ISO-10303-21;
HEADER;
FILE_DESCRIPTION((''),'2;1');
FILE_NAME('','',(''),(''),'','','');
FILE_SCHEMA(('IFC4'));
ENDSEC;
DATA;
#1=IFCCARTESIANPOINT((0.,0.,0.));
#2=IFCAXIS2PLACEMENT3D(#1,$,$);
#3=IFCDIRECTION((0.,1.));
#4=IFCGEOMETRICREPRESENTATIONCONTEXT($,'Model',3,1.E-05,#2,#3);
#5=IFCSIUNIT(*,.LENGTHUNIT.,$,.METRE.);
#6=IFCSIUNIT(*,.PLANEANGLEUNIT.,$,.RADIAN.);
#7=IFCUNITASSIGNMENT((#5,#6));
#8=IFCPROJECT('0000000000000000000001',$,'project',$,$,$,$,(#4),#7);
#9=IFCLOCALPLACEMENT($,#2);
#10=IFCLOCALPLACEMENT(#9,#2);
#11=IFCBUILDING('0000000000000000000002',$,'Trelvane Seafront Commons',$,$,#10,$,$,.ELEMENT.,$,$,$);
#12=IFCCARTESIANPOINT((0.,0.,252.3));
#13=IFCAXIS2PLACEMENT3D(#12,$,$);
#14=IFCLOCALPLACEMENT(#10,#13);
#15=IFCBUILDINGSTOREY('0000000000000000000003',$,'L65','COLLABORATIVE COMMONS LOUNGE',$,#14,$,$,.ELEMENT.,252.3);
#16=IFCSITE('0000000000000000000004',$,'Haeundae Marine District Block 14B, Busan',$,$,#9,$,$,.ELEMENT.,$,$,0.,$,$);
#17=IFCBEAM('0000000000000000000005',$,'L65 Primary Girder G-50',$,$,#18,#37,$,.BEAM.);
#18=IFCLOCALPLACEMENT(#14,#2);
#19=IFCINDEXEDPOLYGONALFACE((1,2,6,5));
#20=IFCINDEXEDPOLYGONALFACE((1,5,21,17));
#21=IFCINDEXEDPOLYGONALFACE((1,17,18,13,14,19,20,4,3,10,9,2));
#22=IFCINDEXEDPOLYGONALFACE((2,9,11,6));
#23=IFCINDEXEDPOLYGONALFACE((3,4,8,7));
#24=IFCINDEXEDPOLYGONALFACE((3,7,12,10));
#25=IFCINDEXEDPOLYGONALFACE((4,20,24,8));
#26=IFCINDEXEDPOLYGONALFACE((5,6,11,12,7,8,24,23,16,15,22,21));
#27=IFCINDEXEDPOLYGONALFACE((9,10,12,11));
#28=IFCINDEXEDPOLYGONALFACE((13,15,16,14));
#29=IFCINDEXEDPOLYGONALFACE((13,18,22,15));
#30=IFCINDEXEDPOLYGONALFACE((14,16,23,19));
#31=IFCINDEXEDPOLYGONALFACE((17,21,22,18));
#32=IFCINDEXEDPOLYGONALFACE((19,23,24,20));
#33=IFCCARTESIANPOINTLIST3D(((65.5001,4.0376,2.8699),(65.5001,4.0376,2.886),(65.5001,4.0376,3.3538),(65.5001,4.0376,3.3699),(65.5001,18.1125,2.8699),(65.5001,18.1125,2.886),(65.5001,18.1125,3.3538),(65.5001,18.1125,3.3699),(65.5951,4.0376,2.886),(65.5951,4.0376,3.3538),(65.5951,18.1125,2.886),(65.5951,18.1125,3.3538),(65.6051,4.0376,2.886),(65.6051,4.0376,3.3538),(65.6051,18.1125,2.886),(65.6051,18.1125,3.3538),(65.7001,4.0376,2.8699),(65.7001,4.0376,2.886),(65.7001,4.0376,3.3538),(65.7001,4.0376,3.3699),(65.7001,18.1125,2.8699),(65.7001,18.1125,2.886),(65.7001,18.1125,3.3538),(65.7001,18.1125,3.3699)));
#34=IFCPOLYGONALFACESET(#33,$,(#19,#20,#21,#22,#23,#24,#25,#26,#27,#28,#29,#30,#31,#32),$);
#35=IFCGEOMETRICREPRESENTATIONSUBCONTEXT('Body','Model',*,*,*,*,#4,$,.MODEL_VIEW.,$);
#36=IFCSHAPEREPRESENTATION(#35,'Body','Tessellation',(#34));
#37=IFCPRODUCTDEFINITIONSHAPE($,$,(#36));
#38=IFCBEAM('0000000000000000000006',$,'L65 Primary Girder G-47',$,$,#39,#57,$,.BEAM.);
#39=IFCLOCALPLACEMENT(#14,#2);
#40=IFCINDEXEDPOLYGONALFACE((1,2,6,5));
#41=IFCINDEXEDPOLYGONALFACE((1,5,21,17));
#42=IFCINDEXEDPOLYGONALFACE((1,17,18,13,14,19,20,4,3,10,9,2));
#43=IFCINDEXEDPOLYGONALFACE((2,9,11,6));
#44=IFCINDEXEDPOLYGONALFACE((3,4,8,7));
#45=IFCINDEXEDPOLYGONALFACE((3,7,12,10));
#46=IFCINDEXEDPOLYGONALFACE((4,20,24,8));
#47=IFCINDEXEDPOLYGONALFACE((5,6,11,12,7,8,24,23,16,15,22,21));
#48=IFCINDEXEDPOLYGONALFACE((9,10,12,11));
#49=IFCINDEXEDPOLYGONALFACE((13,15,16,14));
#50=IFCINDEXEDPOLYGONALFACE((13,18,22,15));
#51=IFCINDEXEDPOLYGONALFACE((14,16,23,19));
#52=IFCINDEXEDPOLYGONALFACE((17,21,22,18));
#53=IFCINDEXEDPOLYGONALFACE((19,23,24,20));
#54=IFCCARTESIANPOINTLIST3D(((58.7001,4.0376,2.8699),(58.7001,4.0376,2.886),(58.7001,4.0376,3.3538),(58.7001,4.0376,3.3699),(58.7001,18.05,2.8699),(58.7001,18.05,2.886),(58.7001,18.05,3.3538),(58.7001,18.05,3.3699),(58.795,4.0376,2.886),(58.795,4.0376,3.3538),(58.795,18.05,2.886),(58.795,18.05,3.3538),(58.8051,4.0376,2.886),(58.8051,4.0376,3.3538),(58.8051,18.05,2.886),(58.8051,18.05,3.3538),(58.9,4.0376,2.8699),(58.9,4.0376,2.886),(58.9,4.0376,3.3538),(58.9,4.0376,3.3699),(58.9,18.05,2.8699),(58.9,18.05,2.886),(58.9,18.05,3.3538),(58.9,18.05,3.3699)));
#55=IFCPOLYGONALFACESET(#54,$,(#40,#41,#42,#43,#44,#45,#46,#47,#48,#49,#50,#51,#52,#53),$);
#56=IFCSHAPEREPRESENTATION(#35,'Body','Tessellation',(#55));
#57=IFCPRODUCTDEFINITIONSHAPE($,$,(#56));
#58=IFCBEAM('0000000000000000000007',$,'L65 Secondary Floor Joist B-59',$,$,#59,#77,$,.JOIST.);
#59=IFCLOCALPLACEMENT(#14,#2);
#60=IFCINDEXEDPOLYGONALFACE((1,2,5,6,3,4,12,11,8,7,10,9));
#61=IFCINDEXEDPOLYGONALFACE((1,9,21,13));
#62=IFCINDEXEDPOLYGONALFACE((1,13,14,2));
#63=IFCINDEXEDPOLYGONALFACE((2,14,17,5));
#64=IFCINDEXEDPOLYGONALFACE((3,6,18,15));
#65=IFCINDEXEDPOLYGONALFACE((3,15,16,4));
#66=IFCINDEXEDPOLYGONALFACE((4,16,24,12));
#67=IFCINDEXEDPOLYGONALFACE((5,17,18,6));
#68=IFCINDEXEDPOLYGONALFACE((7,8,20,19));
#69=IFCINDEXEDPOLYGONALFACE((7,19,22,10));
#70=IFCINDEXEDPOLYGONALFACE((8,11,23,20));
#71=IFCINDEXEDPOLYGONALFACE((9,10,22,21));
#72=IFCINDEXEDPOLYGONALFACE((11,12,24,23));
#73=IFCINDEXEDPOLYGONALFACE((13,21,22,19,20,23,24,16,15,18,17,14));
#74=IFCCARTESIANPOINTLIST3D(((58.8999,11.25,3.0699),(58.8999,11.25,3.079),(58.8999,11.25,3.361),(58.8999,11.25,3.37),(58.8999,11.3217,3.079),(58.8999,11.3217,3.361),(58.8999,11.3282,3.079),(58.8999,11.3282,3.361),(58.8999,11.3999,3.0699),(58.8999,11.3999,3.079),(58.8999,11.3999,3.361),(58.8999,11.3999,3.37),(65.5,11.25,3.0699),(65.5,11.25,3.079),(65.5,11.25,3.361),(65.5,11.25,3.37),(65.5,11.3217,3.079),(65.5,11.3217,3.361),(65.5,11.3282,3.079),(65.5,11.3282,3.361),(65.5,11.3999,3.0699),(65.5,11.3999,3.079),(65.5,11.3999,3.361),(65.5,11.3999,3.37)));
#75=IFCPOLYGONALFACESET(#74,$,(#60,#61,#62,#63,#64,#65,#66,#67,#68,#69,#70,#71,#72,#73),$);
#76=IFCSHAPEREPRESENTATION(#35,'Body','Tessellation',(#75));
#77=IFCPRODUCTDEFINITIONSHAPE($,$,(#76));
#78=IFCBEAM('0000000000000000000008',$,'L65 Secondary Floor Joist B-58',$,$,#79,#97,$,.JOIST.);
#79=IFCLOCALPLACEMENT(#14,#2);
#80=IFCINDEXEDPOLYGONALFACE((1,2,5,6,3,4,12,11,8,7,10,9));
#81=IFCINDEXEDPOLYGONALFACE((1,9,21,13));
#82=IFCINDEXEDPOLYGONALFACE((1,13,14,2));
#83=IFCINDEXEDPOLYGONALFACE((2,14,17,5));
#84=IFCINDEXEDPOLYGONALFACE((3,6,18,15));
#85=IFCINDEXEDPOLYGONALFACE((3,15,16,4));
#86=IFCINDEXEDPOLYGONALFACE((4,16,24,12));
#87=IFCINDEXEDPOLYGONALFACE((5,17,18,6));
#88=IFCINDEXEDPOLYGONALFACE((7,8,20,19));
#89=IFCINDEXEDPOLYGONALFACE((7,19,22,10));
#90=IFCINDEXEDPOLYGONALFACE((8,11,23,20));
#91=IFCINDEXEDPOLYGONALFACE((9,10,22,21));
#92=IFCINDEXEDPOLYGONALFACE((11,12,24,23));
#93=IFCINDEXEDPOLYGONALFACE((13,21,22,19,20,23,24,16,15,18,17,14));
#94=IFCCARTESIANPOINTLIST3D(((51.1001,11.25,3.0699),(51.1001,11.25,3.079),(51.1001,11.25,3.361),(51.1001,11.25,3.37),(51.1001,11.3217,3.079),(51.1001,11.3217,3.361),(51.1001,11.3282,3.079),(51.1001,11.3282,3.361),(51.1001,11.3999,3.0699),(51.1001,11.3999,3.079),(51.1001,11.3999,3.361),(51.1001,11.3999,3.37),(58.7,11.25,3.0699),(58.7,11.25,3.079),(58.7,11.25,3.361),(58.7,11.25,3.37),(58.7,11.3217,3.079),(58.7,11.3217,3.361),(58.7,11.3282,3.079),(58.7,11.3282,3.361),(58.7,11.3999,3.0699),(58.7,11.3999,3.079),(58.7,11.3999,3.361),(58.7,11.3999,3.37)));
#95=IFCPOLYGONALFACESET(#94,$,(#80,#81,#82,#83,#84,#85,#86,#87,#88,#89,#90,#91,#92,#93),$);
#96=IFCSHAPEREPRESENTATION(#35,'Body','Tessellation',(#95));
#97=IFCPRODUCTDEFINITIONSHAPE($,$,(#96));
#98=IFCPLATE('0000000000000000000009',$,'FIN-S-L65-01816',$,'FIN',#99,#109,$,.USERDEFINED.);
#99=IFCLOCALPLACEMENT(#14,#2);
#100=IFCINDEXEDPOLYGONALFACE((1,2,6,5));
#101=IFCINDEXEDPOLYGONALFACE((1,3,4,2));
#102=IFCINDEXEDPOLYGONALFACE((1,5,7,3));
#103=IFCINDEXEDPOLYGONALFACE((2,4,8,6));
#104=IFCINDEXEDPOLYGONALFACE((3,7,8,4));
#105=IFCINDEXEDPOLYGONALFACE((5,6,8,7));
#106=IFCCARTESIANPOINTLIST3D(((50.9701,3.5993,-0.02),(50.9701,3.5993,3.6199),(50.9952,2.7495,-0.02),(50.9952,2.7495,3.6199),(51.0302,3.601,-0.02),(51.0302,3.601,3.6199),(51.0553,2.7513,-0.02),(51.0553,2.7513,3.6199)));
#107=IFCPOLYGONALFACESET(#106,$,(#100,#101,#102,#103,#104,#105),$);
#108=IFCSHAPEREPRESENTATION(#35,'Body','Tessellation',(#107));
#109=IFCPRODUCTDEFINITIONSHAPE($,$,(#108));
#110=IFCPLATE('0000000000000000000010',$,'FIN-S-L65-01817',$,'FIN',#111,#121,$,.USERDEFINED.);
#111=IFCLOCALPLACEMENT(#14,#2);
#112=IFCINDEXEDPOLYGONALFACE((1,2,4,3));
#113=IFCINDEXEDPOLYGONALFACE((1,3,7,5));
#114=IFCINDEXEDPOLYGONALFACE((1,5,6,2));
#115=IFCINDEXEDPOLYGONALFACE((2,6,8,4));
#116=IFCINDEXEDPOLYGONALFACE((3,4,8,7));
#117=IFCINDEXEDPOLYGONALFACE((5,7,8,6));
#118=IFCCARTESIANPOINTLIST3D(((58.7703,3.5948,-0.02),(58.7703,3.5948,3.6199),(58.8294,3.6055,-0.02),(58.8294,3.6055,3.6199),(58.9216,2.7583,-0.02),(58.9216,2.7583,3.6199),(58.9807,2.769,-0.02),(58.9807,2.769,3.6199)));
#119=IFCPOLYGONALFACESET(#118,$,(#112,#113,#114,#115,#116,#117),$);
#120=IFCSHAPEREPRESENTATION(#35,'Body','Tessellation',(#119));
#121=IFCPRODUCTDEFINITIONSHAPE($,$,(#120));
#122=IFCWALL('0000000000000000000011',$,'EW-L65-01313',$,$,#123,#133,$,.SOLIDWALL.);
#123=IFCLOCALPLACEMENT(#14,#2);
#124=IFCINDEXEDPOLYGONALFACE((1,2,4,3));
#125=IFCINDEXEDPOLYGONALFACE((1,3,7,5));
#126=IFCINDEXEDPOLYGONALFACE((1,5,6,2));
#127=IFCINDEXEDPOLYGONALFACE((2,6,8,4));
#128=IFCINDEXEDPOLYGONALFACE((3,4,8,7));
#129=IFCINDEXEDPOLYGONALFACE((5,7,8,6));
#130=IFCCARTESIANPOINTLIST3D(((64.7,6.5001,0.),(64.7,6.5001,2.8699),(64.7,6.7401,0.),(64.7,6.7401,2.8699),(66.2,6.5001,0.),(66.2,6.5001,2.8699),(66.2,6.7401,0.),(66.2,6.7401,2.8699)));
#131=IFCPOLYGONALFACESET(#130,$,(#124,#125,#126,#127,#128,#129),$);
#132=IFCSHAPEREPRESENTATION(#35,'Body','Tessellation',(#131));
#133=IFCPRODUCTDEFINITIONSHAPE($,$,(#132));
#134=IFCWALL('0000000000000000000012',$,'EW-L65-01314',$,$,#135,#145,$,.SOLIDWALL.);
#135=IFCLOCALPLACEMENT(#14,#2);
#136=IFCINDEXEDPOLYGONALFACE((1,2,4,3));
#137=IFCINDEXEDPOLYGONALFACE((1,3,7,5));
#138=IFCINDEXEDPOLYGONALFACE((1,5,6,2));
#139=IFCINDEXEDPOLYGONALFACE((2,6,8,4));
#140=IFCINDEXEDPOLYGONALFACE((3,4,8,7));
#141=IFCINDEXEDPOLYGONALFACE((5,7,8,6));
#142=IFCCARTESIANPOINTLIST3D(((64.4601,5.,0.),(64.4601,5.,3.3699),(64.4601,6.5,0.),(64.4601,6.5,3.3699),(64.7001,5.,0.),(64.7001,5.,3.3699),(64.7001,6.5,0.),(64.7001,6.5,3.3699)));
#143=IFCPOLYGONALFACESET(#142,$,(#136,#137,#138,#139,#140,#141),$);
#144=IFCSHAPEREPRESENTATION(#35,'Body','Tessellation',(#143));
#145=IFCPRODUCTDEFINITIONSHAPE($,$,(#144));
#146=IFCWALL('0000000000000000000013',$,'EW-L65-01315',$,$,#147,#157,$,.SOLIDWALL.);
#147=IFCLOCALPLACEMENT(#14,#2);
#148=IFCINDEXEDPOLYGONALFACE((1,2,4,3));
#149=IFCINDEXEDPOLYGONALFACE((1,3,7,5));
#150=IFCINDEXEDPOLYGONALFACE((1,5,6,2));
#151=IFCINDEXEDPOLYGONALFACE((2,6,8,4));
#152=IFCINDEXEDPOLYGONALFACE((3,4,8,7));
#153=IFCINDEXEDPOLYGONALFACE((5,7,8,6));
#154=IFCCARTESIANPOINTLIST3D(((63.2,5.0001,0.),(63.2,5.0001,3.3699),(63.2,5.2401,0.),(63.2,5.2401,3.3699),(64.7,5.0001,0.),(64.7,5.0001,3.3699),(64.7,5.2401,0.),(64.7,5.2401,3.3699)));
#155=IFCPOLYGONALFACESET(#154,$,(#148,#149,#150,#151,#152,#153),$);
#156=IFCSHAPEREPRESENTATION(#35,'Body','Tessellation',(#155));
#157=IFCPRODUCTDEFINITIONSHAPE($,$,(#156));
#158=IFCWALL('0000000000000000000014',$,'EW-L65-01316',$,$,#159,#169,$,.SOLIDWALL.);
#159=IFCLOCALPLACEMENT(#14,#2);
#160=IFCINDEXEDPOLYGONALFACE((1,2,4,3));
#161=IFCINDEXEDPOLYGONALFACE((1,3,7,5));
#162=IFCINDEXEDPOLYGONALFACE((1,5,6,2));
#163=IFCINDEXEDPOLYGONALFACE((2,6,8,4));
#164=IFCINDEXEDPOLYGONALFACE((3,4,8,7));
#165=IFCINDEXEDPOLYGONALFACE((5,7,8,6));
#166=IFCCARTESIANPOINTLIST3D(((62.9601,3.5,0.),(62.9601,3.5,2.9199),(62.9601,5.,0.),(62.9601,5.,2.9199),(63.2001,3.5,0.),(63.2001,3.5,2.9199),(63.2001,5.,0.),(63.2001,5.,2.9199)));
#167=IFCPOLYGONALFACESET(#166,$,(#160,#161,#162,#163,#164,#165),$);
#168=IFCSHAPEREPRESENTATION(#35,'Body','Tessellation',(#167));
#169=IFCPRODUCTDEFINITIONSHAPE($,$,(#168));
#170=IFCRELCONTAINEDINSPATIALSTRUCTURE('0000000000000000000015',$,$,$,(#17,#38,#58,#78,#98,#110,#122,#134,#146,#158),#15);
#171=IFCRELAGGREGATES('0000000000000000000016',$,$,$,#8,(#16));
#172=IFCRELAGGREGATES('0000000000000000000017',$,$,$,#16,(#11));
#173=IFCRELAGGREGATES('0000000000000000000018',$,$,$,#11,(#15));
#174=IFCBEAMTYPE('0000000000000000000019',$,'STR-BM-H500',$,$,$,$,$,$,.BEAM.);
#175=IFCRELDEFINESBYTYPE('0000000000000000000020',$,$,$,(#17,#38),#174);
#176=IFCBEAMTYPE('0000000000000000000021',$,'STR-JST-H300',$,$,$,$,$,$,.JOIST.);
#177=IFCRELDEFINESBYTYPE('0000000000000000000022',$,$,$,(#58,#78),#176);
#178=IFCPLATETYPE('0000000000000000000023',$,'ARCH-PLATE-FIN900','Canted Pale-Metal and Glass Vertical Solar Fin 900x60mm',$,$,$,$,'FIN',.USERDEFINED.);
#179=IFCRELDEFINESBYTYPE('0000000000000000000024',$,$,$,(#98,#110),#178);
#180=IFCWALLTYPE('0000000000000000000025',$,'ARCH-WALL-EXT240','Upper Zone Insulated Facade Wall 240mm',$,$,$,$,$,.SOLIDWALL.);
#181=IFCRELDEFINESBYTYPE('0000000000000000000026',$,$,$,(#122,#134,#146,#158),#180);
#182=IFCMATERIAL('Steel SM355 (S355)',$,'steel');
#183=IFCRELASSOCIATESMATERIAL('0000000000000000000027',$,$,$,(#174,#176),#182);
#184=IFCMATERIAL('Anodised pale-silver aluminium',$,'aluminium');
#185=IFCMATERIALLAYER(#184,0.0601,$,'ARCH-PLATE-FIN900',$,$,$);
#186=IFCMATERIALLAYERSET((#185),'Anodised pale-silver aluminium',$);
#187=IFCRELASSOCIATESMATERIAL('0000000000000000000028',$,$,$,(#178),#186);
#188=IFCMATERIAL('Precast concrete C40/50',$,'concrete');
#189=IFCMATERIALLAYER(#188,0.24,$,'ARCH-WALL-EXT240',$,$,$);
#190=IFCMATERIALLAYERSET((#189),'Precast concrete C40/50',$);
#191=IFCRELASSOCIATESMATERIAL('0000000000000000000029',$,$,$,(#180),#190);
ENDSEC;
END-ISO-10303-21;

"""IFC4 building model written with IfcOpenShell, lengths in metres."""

from ifc_helpers import new_model, si_unit, direction, frame, frame_2d, origin, origin_2d, place, context, subcontext, project, spatial, rectangle, i_section, extrude, source, transform, mapped, material, layer, layer_set, material_profile, profile_set, type_object, element, save


model = new_model("IFC4")

# Units and contexts
model_context = context("Model", 3, precision=1e-05, world=origin(), true_north=direction((0.0, 1.0)))
body_context = subcontext(model_context, "Body", "Model", "MODEL_VIEW")
ifc_project = project(units=[si_unit("LENGTHUNIT", "METRE"), si_unit("PLANEANGLEUNIT", "RADIAN")], contexts=[model_context])

# Site, building, storey
site_placement = place(None, origin())
site = spatial("IfcSite", under=ifc_project, at=site_placement, Name="Haeundae Marine District Block 14B, Busan", CompositionType="ELEMENT", RefElevation=0.0)
building_placement = place(site_placement, origin())
building = spatial("IfcBuilding", under=site, at=building_placement, Name="Trelvane Seafront Commons", CompositionType="ELEMENT")
storey_placement = place(building_placement, frame((0.0, 0.0, 252.3)))
storey = spatial("IfcBuildingStorey", under=building, at=storey_placement, Name="L65", Description="COLLABORATIVE COMMONS LOUNGE", CompositionType="ELEMENT", Elevation=252.3)

# Shared definitions
ifc_material_1 = material(Name="Steel SM355 (S355)", Category="steel")

# Beams
ifc_material_profile_1 = material_profile(ifc_material_1, i_section(OverallWidth=0.2, OverallDepth=0.5, WebThickness=0.01, FlangeThickness=0.0161, at=origin_2d()), Name="H-500x200x10x16")
ifc_profile_set_1 = profile_set([ifc_material_profile_1], Name="Steel SM355 (S355)")
beam_type_1 = type_object("IfcBeamType", Name="STR-BM-H500", PredefinedType="BEAM", material=ifc_profile_set_1)
shared_shape_1 = source(origin(), body_context, "Body", "SweptSolid", [
    extrude(i_section(OverallWidth=0.2, OverallDepth=0.5, WebThickness=0.01, FlangeThickness=0.0161, at=origin_2d()), origin(), (0.0, 0.0, 1.0), 14.075),
])
beam_1_placement = place(storey_placement, frame((65.6001, 4.0376, 3.1199), z_axis=(0.0, 1.0, 0.0), x_axis=(-1.0, 0.0, 0.0)))
element("IfcBeam", 1, at=beam_1_placement, inside=storey, type_object=beam_type_1, Name="L65 Primary Girder G-50", PredefinedType="BEAM", context=body_context, shape_type="MappedRepresentation", body=[
    mapped(shared_shape_1, transform((0.0, 0.0, 0.0), x_axis=(1.0, 0.0, 0.0), y_axis=(0.0, 1.0, 0.0), z_axis=(0.0, 0.0, 1.0), scale=1.0)),
])
shared_shape_2 = source(origin(), body_context, "Body", "SweptSolid", [
    extrude(i_section(OverallWidth=0.2, OverallDepth=0.5, WebThickness=0.01, FlangeThickness=0.0161, at=origin_2d()), origin(), (0.0, 0.0, 1.0), 14.0125),
])
beam_2_placement = place(storey_placement, frame((58.8, 4.0376, 3.1199), z_axis=(0.0, 1.0, 0.0), x_axis=(-1.0, 0.0, 0.0)))
element("IfcBeam", 2, at=beam_2_placement, inside=storey, type_object=beam_type_1, Name="L65 Primary Girder G-47", PredefinedType="BEAM", context=body_context, shape_type="MappedRepresentation", body=[
    mapped(shared_shape_2, transform((0.0, 0.0, 0.0), x_axis=(1.0, 0.0, 0.0), y_axis=(0.0, 1.0, 0.0), z_axis=(0.0, 0.0, 1.0), scale=1.0)),
])
ifc_material_profile_2 = material_profile(ifc_material_1, i_section(OverallWidth=0.1499, OverallDepth=0.3, WebThickness=0.0066, FlangeThickness=0.009, at=origin_2d()), Name="H-300x150x6.5x9")
ifc_profile_set_2 = profile_set([ifc_material_profile_2], Name="Steel SM355 (S355)")
beam_type_2 = type_object("IfcBeamType", Name="STR-JST-H300", PredefinedType="JOIST", material=ifc_profile_set_2)
shared_shape_3 = source(origin(), body_context, "Body", "SweptSolid", [
    extrude(i_section(OverallWidth=0.1499, OverallDepth=0.3, WebThickness=0.0066, FlangeThickness=0.009, at=origin_2d()), origin(), (0.0, 0.0, 1.0), 6.6001),
])
beam_3_placement = place(storey_placement, frame((58.8999, 11.325, 3.22), z_axis=(1.0, 0.0, 0.0), x_axis=(0.0, 1.0, 0.0)))
element("IfcBeam", 3, at=beam_3_placement, inside=storey, type_object=beam_type_2, Name="L65 Secondary Floor Joist B-59", PredefinedType="JOIST", context=body_context, shape_type="MappedRepresentation", body=[
    mapped(shared_shape_3, transform((0.0, 0.0, 0.0), x_axis=(1.0, 0.0, 0.0), y_axis=(0.0, 1.0, 0.0), z_axis=(0.0, 0.0, 1.0), scale=1.0)),
])
shared_shape_4 = source(origin(), body_context, "Body", "SweptSolid", [
    extrude(i_section(OverallWidth=0.1499, OverallDepth=0.3, WebThickness=0.0066, FlangeThickness=0.009, at=origin_2d()), origin(), (0.0, 0.0, 1.0), 7.5999),
])
beam_4_placement = place(storey_placement, frame((51.1001, 11.325, 3.22), z_axis=(1.0, 0.0, 0.0), x_axis=(0.0, 1.0, 0.0)))
element("IfcBeam", 4, at=beam_4_placement, inside=storey, type_object=beam_type_2, Name="L65 Secondary Floor Joist B-58", PredefinedType="JOIST", context=body_context, shape_type="MappedRepresentation", body=[
    mapped(shared_shape_4, transform((0.0, 0.0, 0.0), x_axis=(1.0, 0.0, 0.0), y_axis=(0.0, 1.0, 0.0), z_axis=(0.0, 0.0, 1.0), scale=1.0)),
])

# Plates
ifc_material_2 = material(Name="Anodised pale-silver aluminium", Category="aluminium")
ifc_layer_1 = layer(ifc_material_2, 0.0601, Name="ARCH-PLATE-FIN900")
ifc_layer_set_1 = layer_set([ifc_layer_1], Name="Anodised pale-silver aluminium")
plate_type = type_object("IfcPlateType", Name="ARCH-PLATE-FIN900", Description="Canted Pale-Metal and Glass Vertical Solar Fin 900x60mm", ElementType="FIN", PredefinedType="USERDEFINED", material=ifc_layer_set_1)
shared_shape_5 = source(origin(), body_context, "Body", "SweptSolid", [
    extrude(rectangle(XDim=0.8501, YDim=0.0601, at=origin_2d()), origin(), (0.0, 0.0, 1.0), 3.6399),
])
for number, where, z_axis, x_axis, name in (
    (5, (51.0127, 3.1753, -0.02), (0.0, 0.0, 1.0), (0.02953, -0.999564, 0.0), "FIN-S-L65-01816"),
    (6, (58.8755, 3.1819, -0.02), (0.0, 0.0, 1.0), (0.177892, -0.98405, 0.0), "FIN-S-L65-01817"),
):
    element("IfcPlate", number, at=place(storey_placement, frame(where, z_axis=z_axis, x_axis=x_axis)), inside=storey, type_object=plate_type, Name=name, ObjectType="FIN", PredefinedType="USERDEFINED", context=body_context, shape_type="MappedRepresentation", body=[
        mapped(shared_shape_5, transform((0.0, 0.0, 0.0), x_axis=(1.0, 0.0, 0.0), y_axis=(0.0, 1.0, 0.0), z_axis=(0.0, 0.0, 1.0), scale=1.0)),
    ])

# Walls
ifc_material_3 = material(Name="Precast concrete C40/50", Category="concrete")
ifc_layer_2 = layer(ifc_material_3, 0.24, Name="ARCH-WALL-EXT240")
ifc_layer_set_2 = layer_set([ifc_layer_2], Name="Precast concrete C40/50")
wall_type_1 = type_object("IfcWallType", Name="ARCH-WALL-EXT240", Description="Upper Zone Insulated Facade Wall 240mm", PredefinedType="SOLIDWALL", material=ifc_layer_set_2)
wall_1_placement = place(storey_placement, frame((66.2, 6.6201, 0.0), z_axis=(0.0, 0.0, 1.0), x_axis=(-1.0, 0.0, 0.0)))
element("IfcWall", 7, at=wall_1_placement, inside=storey, type_object=wall_type_1, Name="EW-L65-01313", PredefinedType="SOLIDWALL", context=body_context, shape_type="SweptSolid", body=[
    extrude(rectangle(XDim=1.5, YDim=0.24, at=frame_2d((0.75, 0.0))), origin(), (0.0, 0.0, 1.0), 2.8699),
])
for number, where, z_axis, x_axis, name in (
    (8, (64.5801, 6.5, 0.0), (0.0, 0.0, 1.0), (0.0, -1.0, 0.0), "EW-L65-01314"),
    (9, (64.7, 5.1201, 0.0), (0.0, 0.0, 1.0), (-1.0, 0.0, 0.0), "EW-L65-01315"),
):
    element("IfcWall", number, at=place(storey_placement, frame(where, z_axis=z_axis, x_axis=x_axis)), inside=storey, type_object=wall_type_1, Name=name, PredefinedType="SOLIDWALL", context=body_context, shape_type="SweptSolid", body=[
        extrude(rectangle(XDim=1.5, YDim=0.24, at=frame_2d((0.75, 0.0))), origin(), (0.0, 0.0, 1.0), 3.3699),
    ])
wall_2_placement = place(storey_placement, frame((63.0801, 5.0, 0.0), z_axis=(0.0, 0.0, 1.0), x_axis=(0.0, -1.0, 0.0)))
element("IfcWall", 10, at=wall_2_placement, inside=storey, type_object=wall_type_1, Name="EW-L65-01316", PredefinedType="SOLIDWALL", context=body_context, shape_type="SweptSolid", body=[
    extrude(rectangle(XDim=1.5, YDim=0.24, at=frame_2d((0.75, 0.0))), origin(), (0.0, 0.0, 1.0), 2.9199),
])

save(model, "model.ifc")
